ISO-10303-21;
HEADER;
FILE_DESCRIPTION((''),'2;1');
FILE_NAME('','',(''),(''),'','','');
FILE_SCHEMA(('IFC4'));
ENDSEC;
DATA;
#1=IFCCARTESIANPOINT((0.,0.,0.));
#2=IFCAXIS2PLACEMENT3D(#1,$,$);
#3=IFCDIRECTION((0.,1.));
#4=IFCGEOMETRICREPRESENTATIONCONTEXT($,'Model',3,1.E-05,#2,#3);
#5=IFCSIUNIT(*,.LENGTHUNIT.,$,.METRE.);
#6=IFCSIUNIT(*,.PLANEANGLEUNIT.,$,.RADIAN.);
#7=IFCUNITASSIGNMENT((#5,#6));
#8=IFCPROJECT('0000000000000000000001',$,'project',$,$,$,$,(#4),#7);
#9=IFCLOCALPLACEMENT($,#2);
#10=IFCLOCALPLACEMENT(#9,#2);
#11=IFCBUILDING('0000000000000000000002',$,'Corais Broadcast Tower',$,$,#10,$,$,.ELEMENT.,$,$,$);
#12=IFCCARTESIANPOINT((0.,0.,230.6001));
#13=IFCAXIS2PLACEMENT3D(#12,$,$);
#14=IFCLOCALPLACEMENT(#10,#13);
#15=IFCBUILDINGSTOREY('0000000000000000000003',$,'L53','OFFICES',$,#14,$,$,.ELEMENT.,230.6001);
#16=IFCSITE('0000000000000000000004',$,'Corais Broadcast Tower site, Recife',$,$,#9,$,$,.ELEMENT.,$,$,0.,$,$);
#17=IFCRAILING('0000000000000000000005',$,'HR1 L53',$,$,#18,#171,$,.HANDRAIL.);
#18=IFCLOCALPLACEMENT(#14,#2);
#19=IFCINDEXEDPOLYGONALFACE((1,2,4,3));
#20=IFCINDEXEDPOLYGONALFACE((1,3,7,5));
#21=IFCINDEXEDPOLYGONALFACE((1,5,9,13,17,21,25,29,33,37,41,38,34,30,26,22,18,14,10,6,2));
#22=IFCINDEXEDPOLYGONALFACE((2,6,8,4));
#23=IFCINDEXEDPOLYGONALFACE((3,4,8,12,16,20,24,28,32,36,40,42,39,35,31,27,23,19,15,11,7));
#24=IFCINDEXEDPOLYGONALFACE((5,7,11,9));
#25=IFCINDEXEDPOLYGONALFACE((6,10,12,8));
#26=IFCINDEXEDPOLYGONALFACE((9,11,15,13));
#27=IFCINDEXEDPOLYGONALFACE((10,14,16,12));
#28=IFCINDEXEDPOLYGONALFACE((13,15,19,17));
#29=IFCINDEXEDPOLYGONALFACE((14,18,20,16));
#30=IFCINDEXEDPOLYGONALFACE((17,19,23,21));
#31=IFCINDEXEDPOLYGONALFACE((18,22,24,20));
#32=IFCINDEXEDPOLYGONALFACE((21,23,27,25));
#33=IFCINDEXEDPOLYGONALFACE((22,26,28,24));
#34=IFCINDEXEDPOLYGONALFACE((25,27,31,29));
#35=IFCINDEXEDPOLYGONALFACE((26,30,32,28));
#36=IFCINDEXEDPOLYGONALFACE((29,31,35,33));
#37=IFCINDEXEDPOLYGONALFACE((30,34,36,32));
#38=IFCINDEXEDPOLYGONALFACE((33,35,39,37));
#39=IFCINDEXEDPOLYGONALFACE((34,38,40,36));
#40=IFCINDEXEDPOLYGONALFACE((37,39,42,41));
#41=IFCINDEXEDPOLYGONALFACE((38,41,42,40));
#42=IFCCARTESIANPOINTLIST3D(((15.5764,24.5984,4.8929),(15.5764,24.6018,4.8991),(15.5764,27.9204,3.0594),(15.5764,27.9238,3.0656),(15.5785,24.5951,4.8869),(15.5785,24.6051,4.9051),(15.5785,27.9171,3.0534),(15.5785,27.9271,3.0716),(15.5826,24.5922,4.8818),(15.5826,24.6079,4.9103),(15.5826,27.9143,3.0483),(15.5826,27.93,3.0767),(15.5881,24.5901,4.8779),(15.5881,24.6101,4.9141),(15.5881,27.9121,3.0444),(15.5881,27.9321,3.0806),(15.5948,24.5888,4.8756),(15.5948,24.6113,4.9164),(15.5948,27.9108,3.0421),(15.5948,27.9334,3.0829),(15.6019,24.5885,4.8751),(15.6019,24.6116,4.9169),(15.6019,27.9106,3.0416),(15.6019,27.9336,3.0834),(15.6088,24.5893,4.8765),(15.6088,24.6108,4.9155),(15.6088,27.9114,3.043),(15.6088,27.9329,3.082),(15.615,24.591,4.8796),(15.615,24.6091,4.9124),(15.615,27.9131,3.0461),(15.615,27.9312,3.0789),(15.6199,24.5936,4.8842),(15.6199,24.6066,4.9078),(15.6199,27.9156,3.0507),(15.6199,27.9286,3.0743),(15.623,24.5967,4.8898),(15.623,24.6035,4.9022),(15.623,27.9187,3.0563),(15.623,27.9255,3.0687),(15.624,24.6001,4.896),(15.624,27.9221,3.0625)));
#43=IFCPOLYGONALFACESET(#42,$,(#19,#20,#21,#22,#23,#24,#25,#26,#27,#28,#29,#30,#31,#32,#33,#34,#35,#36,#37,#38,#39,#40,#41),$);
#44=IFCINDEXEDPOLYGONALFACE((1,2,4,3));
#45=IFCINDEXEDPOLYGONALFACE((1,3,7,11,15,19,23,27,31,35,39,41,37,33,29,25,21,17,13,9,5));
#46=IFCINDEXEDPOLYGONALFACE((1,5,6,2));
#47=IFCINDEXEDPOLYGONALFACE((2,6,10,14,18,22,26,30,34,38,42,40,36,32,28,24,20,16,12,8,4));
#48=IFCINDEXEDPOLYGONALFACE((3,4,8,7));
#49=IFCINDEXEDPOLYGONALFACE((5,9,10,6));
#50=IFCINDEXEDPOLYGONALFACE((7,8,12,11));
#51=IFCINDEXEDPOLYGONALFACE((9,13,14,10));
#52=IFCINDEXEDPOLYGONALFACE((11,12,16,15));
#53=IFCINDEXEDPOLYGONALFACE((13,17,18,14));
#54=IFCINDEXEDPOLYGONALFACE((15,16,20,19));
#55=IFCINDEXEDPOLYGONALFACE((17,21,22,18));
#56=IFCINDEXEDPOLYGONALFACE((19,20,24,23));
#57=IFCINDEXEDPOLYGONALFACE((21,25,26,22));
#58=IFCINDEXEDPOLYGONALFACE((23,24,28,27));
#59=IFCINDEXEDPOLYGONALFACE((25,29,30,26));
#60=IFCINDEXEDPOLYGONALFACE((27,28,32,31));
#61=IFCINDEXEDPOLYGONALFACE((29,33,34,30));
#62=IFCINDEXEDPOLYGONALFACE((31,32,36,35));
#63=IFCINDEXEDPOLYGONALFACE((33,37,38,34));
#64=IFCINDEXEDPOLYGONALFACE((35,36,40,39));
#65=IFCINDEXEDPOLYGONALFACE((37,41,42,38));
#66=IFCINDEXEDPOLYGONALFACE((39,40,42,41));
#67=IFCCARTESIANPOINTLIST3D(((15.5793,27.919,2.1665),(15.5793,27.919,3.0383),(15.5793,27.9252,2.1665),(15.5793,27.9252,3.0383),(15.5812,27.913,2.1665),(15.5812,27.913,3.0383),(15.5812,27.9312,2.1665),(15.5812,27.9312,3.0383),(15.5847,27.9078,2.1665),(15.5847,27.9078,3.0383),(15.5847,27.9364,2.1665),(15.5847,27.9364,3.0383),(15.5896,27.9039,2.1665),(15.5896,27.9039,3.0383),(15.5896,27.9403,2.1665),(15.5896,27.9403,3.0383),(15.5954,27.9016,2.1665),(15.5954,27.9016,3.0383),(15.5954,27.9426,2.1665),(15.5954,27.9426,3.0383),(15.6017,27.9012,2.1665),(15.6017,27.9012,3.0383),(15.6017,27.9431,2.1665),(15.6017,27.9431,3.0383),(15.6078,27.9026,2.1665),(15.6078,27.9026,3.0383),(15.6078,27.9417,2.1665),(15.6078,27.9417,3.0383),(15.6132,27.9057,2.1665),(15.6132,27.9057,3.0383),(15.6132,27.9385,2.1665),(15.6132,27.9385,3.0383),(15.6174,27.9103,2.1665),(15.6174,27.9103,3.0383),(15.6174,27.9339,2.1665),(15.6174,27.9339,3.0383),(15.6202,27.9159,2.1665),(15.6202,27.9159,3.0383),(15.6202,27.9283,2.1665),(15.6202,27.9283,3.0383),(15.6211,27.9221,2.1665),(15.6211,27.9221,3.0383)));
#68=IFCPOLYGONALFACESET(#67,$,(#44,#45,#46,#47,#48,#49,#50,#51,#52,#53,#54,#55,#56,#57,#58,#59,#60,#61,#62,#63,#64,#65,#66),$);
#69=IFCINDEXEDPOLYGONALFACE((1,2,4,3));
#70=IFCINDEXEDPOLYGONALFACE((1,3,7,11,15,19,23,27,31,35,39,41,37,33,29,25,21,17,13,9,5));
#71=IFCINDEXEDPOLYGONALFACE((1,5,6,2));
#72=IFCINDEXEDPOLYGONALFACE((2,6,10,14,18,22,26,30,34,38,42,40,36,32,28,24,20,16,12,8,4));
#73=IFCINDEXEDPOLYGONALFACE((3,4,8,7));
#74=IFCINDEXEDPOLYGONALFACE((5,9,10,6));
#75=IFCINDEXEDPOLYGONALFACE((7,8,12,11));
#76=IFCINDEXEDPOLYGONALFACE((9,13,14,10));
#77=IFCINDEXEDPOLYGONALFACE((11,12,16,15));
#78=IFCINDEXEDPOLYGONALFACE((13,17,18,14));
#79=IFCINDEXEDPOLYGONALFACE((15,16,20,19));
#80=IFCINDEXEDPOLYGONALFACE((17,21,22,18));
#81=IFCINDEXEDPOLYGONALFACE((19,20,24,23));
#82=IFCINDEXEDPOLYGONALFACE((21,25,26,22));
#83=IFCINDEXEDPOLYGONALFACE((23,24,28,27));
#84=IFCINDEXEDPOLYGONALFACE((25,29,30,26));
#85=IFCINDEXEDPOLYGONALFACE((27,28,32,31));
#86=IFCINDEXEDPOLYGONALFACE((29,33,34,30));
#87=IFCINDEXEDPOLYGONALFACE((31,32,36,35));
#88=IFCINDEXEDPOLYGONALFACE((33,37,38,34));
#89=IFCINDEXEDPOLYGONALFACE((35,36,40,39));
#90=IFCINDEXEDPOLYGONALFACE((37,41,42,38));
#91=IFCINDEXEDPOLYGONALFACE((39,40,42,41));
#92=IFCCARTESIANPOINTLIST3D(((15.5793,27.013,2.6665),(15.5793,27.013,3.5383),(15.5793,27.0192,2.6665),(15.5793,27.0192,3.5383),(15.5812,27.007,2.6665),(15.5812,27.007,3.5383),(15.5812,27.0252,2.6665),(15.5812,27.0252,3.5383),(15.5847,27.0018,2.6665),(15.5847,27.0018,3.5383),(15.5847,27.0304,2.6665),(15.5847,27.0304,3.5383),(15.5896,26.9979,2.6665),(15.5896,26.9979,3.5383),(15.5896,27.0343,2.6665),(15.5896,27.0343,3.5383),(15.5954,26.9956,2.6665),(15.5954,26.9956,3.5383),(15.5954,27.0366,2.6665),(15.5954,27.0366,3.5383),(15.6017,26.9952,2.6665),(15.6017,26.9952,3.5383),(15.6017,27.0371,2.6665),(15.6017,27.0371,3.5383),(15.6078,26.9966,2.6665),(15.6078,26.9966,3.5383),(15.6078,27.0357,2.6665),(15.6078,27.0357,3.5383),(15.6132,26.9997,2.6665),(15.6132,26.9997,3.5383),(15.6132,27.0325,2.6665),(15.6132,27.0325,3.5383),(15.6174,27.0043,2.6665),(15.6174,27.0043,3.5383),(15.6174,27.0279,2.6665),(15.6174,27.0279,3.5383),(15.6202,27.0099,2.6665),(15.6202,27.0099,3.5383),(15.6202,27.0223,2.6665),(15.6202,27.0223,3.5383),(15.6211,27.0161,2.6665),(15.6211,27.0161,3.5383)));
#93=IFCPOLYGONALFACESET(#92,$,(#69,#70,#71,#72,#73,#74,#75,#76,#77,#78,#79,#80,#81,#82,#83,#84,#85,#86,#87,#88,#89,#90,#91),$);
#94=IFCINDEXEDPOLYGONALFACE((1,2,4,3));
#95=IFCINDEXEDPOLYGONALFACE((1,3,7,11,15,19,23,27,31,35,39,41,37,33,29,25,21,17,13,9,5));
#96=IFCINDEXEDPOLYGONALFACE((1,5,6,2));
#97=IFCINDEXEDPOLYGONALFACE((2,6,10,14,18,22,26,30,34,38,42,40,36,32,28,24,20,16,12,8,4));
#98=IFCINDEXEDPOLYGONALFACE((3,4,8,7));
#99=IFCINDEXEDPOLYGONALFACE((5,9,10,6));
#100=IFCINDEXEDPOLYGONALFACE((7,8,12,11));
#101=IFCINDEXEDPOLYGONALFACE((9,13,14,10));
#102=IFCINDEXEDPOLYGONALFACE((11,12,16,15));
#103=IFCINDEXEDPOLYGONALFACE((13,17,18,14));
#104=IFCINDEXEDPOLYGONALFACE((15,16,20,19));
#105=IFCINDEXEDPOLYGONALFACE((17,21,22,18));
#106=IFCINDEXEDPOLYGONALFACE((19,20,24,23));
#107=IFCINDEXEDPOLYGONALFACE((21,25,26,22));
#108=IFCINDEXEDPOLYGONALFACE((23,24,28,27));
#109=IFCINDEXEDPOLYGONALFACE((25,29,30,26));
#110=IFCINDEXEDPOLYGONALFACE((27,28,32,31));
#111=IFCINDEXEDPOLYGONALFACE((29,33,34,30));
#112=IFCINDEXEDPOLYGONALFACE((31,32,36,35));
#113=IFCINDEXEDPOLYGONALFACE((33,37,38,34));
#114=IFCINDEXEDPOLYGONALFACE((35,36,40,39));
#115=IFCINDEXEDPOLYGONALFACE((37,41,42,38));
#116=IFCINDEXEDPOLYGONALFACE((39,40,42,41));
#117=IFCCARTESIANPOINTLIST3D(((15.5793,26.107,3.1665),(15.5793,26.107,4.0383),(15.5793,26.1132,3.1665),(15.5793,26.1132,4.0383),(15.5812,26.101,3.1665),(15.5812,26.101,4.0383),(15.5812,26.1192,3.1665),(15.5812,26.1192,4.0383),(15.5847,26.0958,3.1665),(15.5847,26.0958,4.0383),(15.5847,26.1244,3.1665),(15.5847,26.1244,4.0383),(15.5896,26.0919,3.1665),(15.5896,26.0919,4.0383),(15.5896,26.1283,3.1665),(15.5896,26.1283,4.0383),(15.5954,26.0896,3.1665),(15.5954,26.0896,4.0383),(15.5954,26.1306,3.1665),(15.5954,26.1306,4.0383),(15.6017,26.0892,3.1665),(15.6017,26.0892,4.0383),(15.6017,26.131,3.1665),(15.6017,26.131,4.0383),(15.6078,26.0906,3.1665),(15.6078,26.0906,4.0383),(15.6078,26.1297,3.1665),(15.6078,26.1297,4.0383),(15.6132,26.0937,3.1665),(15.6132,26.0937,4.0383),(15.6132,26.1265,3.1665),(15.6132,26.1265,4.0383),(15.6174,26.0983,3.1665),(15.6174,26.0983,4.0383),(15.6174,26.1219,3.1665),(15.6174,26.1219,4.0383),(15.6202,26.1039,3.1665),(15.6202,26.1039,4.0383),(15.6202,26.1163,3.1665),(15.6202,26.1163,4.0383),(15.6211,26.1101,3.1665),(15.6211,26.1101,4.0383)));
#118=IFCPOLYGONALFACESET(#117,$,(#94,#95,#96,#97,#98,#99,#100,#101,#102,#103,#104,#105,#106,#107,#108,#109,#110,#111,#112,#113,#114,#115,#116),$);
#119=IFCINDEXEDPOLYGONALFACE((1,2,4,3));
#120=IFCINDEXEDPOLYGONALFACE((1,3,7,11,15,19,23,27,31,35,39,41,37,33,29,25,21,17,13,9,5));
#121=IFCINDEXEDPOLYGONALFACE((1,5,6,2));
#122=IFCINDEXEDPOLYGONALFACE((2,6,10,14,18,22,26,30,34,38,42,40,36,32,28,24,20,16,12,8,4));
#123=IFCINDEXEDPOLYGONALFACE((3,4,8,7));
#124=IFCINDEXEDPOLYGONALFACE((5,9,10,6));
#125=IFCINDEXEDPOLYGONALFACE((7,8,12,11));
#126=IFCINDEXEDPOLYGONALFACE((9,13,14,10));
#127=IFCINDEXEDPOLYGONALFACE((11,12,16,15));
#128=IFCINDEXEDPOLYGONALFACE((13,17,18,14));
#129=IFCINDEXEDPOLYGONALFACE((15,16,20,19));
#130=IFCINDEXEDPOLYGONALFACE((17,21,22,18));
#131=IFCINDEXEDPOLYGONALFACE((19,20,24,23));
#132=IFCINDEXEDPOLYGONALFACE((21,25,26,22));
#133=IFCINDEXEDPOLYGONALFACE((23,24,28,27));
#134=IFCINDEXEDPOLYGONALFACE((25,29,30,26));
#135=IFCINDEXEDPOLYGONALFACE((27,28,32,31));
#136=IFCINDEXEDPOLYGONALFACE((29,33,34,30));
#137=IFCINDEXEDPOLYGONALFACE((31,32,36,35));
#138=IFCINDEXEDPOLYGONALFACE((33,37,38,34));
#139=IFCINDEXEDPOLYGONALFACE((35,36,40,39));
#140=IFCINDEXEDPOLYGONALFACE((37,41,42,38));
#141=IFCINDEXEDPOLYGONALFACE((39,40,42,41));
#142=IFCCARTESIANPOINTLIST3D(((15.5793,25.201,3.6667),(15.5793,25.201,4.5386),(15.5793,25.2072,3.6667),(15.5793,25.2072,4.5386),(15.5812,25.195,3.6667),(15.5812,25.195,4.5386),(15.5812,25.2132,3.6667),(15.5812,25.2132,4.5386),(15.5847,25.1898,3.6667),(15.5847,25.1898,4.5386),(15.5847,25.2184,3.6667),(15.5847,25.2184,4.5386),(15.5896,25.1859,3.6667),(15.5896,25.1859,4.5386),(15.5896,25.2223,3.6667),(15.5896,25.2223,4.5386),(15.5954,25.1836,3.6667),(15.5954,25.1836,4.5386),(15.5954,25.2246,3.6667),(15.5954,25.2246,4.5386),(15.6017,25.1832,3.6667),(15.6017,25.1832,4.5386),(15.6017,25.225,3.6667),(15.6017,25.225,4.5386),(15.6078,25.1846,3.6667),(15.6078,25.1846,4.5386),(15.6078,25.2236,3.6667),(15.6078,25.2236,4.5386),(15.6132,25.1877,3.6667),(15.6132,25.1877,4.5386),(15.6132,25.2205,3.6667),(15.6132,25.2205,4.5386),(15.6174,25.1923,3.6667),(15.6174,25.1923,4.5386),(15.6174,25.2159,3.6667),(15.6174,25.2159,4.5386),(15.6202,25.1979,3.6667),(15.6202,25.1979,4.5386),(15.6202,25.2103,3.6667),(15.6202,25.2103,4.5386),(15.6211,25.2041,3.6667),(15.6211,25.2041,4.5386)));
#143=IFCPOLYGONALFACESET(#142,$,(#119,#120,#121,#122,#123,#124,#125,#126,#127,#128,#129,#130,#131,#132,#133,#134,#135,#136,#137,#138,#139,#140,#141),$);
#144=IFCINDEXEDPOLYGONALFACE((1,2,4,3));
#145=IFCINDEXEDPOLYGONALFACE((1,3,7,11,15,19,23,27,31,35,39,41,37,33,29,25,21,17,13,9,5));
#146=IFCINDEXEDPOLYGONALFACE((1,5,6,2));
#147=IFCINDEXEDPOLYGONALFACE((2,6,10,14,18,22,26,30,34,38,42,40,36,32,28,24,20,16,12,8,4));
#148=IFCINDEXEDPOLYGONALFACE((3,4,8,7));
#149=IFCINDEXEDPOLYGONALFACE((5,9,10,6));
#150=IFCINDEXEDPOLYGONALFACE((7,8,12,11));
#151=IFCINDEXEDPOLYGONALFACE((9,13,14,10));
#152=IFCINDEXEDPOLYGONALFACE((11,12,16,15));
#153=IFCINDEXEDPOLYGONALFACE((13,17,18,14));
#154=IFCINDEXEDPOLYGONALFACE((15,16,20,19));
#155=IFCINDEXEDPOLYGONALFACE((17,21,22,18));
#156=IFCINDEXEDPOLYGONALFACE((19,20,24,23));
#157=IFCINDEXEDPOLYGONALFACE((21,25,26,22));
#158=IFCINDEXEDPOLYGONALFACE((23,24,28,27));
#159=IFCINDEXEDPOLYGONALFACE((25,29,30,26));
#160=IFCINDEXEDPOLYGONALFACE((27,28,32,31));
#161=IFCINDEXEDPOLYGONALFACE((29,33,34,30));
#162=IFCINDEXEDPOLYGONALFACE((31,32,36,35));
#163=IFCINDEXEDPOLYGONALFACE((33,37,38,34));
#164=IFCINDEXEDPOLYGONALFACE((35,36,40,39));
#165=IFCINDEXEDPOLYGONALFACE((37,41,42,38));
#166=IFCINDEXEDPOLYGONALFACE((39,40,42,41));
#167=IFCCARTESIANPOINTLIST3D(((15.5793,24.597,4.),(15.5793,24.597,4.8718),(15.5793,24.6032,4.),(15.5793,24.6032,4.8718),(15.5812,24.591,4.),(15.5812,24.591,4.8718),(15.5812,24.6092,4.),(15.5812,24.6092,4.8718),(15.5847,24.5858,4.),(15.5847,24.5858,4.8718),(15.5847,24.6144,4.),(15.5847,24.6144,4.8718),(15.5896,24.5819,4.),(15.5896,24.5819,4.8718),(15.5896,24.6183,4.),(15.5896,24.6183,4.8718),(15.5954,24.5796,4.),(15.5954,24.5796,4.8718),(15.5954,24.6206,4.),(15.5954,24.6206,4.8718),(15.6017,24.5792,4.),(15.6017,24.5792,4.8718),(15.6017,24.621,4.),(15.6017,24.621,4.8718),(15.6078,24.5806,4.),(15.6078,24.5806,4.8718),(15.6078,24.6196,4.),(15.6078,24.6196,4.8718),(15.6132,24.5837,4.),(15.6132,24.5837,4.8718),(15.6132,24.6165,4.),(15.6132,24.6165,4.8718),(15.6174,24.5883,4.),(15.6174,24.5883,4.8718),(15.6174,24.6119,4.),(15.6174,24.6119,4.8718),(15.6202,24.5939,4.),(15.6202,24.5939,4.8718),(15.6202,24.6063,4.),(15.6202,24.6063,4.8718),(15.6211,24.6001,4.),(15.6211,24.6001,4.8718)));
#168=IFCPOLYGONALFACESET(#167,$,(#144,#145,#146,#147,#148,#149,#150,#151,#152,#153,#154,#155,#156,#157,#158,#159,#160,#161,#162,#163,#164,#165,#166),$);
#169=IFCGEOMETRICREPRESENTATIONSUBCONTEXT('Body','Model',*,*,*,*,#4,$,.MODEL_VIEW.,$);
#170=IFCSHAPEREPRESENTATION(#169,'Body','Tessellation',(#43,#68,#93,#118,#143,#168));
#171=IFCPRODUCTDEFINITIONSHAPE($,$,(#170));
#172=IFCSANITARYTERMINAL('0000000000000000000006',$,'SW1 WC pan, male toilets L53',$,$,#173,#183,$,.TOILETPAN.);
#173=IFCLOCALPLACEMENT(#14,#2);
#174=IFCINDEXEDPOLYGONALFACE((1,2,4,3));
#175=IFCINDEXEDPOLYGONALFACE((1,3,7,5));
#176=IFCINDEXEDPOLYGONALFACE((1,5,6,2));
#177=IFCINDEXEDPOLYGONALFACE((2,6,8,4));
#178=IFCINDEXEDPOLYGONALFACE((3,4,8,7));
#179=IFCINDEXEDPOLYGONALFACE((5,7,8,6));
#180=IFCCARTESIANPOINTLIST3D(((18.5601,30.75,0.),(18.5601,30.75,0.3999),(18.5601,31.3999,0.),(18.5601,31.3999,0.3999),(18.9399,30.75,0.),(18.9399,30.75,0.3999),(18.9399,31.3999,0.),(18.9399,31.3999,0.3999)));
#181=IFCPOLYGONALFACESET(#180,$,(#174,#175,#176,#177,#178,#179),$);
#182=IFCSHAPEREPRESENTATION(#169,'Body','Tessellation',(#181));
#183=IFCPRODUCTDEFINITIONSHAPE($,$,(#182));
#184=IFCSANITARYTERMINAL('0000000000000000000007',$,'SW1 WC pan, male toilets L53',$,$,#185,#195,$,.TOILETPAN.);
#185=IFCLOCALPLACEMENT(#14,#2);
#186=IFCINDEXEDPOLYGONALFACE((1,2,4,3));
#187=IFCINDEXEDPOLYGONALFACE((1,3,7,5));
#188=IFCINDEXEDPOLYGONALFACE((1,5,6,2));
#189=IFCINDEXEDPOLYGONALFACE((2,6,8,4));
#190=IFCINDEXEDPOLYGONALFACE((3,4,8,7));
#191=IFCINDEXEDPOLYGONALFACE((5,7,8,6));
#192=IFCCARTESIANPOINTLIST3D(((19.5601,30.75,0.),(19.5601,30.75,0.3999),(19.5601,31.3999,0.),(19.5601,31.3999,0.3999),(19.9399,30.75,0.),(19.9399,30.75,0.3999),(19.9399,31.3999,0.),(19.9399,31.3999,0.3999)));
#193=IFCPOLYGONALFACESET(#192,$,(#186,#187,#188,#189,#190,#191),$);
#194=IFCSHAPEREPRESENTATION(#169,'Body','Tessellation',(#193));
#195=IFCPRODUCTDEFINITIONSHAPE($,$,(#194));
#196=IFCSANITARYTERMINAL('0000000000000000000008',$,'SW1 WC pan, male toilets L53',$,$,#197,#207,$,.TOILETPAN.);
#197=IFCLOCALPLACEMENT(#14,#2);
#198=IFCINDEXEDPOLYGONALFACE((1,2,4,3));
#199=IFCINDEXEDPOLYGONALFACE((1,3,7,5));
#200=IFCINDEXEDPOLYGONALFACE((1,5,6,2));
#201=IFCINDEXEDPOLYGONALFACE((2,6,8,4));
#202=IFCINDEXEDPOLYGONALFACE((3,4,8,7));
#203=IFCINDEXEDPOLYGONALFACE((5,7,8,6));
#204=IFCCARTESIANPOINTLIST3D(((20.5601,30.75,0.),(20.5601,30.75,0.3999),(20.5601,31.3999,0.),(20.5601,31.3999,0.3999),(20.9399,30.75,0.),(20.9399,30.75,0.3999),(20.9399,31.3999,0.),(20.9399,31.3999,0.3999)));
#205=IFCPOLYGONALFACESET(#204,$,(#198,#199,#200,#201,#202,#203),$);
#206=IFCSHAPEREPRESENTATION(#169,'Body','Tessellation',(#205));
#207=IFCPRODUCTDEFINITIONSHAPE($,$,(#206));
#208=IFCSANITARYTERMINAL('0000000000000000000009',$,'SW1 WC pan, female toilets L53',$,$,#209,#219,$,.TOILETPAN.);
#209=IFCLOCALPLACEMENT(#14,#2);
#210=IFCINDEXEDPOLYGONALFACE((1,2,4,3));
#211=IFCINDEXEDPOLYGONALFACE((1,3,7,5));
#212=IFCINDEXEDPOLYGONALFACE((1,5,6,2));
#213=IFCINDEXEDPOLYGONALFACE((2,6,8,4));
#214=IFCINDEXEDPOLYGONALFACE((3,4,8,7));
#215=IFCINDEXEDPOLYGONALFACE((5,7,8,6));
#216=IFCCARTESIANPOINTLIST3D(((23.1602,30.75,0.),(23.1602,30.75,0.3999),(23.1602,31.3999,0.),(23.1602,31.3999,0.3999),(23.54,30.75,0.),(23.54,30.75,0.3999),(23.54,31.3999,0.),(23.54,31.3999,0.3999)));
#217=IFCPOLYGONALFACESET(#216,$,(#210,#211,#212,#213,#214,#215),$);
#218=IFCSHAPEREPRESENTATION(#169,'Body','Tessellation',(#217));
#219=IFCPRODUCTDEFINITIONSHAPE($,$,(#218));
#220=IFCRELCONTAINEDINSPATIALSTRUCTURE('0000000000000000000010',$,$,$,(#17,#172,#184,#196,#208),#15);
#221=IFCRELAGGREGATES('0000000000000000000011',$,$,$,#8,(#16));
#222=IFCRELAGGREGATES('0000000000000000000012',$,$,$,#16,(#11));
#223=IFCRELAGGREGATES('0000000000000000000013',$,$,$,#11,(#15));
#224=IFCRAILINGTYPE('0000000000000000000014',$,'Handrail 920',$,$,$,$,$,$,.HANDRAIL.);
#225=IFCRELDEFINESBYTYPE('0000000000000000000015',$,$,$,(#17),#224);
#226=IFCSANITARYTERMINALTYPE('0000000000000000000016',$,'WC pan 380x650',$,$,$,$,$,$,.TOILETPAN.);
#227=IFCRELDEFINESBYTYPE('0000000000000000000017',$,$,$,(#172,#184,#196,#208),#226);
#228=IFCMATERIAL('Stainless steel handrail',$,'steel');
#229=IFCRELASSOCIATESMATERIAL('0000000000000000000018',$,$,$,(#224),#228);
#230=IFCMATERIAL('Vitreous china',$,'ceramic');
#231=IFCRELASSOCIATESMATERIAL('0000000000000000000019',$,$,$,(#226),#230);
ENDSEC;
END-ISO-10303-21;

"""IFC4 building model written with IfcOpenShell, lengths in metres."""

from ifc_helpers import new_model, si_unit, direction, frame, origin, origin_2d, place, context, subcontext, project, spatial, rectangle, circle, extrude, material, type_object, element, save


model = new_model("IFC4")

# Units and contexts
model_context = context("Model", 3, precision=1e-05, world=origin(), true_north=direction((0.0, 1.0)))
body_context = subcontext(model_context, "Body", "Model", "MODEL_VIEW")
ifc_project = project(units=[si_unit("LENGTHUNIT", "METRE"), si_unit("PLANEANGLEUNIT", "RADIAN")], contexts=[model_context])

# Site, building, storey
site_placement = place(None, origin())
site = spatial("IfcSite", under=ifc_project, at=site_placement, Name="Corais Broadcast Tower site, Recife", CompositionType="ELEMENT", RefElevation=0.0)
building_placement = place(site_placement, origin())
building = spatial("IfcBuilding", under=site, at=building_placement, Name="Corais Broadcast Tower", CompositionType="ELEMENT")
storey_placement = place(building_placement, frame((0.0, 0.0, 230.6001)))
storey = spatial("IfcBuildingStorey", under=building, at=storey_placement, Name="L53", Description="OFFICES", CompositionType="ELEMENT", Elevation=230.6001)

# Railing
ifc_material_1 = material(Name="Stainless steel handrail", Category="steel")
railing_type = type_object("IfcRailingType", Name="Handrail 920", PredefinedType="HANDRAIL", material=ifc_material_1)
railing_placement = place(storey_placement, frame((15.6001, 27.9221, 2.1665)))
element("IfcRailing", 1, at=railing_placement, inside=storey, type_object=railing_type, Name="HR1 L53", PredefinedType="HANDRAIL", context=body_context, shape_type="SweptSolid", body=[
    extrude(circle(Radius=0.0239, at=origin_2d()), frame((0.0, 0.0, 0.896), z_axis=(0.0, -0.875504, 0.48321), x_axis=(1.0, 0.0, 0.0)), (0.0, 0.0, 1.0), 3.7944),
    extrude(circle(Radius=0.021, at=origin_2d()), origin(), (0.0, 0.0, 1.0), 0.8718),
    extrude(circle(Radius=0.021, at=origin_2d()), frame((0.0, -0.906, 0.5)), (0.0, 0.0, 1.0), 0.8718),
    extrude(circle(Radius=0.021, at=origin_2d()), frame((0.0, -1.812, 1.0)), (0.0, 0.0, 1.0), 0.8718),
    extrude(circle(Radius=0.021, at=origin_2d()), frame((0.0, -2.718, 1.5002)), (0.0, 0.0, 1.0), 0.8718),
    extrude(circle(Radius=0.021, at=origin_2d()), frame((0.0, -3.322, 1.8335)), (0.0, 0.0, 1.0), 0.8718),
])

# Sanitary terminals
ifc_material_2 = material(Name="Vitreous china", Category="ceramic")
sanitary_terminal_type_1 = type_object("IfcSanitaryTerminalType", Name="WC pan 380x650", PredefinedType="TOILETPAN", material=ifc_material_2)
for number, where, z_axis, x_axis, name in (
    (2, (18.75, 31.075, 0.0), (0.0, 0.0, 1.0), (1.0, 0.0, 0.0), "SW1 WC pan, male toilets L53"),
    (3, (19.75, 31.075, 0.0), (0.0, 0.0, 1.0), (1.0, 0.0, 0.0), "SW1 WC pan, male toilets L53"),
    (4, (20.75, 31.075, 0.0), (0.0, 0.0, 1.0), (1.0, 0.0, 0.0), "SW1 WC pan, male toilets L53"),
    (5, (23.3501, 31.075, 0.0), (0.0, 0.0, 1.0), (1.0, 0.0, 0.0), "SW1 WC pan, female toilets L53"),
):
    element("IfcSanitaryTerminal", number, at=place(storey_placement, frame(where, z_axis=z_axis, x_axis=x_axis)), inside=storey, type_object=sanitary_terminal_type_1, Name=name, PredefinedType="TOILETPAN", context=body_context, shape_type="SweptSolid", body=[
        extrude(rectangle(XDim=0.3799, YDim=0.6499, at=origin_2d()), origin(), (0.0, 0.0, 1.0), 0.3999),
    ])

save(model, "model.ifc")
